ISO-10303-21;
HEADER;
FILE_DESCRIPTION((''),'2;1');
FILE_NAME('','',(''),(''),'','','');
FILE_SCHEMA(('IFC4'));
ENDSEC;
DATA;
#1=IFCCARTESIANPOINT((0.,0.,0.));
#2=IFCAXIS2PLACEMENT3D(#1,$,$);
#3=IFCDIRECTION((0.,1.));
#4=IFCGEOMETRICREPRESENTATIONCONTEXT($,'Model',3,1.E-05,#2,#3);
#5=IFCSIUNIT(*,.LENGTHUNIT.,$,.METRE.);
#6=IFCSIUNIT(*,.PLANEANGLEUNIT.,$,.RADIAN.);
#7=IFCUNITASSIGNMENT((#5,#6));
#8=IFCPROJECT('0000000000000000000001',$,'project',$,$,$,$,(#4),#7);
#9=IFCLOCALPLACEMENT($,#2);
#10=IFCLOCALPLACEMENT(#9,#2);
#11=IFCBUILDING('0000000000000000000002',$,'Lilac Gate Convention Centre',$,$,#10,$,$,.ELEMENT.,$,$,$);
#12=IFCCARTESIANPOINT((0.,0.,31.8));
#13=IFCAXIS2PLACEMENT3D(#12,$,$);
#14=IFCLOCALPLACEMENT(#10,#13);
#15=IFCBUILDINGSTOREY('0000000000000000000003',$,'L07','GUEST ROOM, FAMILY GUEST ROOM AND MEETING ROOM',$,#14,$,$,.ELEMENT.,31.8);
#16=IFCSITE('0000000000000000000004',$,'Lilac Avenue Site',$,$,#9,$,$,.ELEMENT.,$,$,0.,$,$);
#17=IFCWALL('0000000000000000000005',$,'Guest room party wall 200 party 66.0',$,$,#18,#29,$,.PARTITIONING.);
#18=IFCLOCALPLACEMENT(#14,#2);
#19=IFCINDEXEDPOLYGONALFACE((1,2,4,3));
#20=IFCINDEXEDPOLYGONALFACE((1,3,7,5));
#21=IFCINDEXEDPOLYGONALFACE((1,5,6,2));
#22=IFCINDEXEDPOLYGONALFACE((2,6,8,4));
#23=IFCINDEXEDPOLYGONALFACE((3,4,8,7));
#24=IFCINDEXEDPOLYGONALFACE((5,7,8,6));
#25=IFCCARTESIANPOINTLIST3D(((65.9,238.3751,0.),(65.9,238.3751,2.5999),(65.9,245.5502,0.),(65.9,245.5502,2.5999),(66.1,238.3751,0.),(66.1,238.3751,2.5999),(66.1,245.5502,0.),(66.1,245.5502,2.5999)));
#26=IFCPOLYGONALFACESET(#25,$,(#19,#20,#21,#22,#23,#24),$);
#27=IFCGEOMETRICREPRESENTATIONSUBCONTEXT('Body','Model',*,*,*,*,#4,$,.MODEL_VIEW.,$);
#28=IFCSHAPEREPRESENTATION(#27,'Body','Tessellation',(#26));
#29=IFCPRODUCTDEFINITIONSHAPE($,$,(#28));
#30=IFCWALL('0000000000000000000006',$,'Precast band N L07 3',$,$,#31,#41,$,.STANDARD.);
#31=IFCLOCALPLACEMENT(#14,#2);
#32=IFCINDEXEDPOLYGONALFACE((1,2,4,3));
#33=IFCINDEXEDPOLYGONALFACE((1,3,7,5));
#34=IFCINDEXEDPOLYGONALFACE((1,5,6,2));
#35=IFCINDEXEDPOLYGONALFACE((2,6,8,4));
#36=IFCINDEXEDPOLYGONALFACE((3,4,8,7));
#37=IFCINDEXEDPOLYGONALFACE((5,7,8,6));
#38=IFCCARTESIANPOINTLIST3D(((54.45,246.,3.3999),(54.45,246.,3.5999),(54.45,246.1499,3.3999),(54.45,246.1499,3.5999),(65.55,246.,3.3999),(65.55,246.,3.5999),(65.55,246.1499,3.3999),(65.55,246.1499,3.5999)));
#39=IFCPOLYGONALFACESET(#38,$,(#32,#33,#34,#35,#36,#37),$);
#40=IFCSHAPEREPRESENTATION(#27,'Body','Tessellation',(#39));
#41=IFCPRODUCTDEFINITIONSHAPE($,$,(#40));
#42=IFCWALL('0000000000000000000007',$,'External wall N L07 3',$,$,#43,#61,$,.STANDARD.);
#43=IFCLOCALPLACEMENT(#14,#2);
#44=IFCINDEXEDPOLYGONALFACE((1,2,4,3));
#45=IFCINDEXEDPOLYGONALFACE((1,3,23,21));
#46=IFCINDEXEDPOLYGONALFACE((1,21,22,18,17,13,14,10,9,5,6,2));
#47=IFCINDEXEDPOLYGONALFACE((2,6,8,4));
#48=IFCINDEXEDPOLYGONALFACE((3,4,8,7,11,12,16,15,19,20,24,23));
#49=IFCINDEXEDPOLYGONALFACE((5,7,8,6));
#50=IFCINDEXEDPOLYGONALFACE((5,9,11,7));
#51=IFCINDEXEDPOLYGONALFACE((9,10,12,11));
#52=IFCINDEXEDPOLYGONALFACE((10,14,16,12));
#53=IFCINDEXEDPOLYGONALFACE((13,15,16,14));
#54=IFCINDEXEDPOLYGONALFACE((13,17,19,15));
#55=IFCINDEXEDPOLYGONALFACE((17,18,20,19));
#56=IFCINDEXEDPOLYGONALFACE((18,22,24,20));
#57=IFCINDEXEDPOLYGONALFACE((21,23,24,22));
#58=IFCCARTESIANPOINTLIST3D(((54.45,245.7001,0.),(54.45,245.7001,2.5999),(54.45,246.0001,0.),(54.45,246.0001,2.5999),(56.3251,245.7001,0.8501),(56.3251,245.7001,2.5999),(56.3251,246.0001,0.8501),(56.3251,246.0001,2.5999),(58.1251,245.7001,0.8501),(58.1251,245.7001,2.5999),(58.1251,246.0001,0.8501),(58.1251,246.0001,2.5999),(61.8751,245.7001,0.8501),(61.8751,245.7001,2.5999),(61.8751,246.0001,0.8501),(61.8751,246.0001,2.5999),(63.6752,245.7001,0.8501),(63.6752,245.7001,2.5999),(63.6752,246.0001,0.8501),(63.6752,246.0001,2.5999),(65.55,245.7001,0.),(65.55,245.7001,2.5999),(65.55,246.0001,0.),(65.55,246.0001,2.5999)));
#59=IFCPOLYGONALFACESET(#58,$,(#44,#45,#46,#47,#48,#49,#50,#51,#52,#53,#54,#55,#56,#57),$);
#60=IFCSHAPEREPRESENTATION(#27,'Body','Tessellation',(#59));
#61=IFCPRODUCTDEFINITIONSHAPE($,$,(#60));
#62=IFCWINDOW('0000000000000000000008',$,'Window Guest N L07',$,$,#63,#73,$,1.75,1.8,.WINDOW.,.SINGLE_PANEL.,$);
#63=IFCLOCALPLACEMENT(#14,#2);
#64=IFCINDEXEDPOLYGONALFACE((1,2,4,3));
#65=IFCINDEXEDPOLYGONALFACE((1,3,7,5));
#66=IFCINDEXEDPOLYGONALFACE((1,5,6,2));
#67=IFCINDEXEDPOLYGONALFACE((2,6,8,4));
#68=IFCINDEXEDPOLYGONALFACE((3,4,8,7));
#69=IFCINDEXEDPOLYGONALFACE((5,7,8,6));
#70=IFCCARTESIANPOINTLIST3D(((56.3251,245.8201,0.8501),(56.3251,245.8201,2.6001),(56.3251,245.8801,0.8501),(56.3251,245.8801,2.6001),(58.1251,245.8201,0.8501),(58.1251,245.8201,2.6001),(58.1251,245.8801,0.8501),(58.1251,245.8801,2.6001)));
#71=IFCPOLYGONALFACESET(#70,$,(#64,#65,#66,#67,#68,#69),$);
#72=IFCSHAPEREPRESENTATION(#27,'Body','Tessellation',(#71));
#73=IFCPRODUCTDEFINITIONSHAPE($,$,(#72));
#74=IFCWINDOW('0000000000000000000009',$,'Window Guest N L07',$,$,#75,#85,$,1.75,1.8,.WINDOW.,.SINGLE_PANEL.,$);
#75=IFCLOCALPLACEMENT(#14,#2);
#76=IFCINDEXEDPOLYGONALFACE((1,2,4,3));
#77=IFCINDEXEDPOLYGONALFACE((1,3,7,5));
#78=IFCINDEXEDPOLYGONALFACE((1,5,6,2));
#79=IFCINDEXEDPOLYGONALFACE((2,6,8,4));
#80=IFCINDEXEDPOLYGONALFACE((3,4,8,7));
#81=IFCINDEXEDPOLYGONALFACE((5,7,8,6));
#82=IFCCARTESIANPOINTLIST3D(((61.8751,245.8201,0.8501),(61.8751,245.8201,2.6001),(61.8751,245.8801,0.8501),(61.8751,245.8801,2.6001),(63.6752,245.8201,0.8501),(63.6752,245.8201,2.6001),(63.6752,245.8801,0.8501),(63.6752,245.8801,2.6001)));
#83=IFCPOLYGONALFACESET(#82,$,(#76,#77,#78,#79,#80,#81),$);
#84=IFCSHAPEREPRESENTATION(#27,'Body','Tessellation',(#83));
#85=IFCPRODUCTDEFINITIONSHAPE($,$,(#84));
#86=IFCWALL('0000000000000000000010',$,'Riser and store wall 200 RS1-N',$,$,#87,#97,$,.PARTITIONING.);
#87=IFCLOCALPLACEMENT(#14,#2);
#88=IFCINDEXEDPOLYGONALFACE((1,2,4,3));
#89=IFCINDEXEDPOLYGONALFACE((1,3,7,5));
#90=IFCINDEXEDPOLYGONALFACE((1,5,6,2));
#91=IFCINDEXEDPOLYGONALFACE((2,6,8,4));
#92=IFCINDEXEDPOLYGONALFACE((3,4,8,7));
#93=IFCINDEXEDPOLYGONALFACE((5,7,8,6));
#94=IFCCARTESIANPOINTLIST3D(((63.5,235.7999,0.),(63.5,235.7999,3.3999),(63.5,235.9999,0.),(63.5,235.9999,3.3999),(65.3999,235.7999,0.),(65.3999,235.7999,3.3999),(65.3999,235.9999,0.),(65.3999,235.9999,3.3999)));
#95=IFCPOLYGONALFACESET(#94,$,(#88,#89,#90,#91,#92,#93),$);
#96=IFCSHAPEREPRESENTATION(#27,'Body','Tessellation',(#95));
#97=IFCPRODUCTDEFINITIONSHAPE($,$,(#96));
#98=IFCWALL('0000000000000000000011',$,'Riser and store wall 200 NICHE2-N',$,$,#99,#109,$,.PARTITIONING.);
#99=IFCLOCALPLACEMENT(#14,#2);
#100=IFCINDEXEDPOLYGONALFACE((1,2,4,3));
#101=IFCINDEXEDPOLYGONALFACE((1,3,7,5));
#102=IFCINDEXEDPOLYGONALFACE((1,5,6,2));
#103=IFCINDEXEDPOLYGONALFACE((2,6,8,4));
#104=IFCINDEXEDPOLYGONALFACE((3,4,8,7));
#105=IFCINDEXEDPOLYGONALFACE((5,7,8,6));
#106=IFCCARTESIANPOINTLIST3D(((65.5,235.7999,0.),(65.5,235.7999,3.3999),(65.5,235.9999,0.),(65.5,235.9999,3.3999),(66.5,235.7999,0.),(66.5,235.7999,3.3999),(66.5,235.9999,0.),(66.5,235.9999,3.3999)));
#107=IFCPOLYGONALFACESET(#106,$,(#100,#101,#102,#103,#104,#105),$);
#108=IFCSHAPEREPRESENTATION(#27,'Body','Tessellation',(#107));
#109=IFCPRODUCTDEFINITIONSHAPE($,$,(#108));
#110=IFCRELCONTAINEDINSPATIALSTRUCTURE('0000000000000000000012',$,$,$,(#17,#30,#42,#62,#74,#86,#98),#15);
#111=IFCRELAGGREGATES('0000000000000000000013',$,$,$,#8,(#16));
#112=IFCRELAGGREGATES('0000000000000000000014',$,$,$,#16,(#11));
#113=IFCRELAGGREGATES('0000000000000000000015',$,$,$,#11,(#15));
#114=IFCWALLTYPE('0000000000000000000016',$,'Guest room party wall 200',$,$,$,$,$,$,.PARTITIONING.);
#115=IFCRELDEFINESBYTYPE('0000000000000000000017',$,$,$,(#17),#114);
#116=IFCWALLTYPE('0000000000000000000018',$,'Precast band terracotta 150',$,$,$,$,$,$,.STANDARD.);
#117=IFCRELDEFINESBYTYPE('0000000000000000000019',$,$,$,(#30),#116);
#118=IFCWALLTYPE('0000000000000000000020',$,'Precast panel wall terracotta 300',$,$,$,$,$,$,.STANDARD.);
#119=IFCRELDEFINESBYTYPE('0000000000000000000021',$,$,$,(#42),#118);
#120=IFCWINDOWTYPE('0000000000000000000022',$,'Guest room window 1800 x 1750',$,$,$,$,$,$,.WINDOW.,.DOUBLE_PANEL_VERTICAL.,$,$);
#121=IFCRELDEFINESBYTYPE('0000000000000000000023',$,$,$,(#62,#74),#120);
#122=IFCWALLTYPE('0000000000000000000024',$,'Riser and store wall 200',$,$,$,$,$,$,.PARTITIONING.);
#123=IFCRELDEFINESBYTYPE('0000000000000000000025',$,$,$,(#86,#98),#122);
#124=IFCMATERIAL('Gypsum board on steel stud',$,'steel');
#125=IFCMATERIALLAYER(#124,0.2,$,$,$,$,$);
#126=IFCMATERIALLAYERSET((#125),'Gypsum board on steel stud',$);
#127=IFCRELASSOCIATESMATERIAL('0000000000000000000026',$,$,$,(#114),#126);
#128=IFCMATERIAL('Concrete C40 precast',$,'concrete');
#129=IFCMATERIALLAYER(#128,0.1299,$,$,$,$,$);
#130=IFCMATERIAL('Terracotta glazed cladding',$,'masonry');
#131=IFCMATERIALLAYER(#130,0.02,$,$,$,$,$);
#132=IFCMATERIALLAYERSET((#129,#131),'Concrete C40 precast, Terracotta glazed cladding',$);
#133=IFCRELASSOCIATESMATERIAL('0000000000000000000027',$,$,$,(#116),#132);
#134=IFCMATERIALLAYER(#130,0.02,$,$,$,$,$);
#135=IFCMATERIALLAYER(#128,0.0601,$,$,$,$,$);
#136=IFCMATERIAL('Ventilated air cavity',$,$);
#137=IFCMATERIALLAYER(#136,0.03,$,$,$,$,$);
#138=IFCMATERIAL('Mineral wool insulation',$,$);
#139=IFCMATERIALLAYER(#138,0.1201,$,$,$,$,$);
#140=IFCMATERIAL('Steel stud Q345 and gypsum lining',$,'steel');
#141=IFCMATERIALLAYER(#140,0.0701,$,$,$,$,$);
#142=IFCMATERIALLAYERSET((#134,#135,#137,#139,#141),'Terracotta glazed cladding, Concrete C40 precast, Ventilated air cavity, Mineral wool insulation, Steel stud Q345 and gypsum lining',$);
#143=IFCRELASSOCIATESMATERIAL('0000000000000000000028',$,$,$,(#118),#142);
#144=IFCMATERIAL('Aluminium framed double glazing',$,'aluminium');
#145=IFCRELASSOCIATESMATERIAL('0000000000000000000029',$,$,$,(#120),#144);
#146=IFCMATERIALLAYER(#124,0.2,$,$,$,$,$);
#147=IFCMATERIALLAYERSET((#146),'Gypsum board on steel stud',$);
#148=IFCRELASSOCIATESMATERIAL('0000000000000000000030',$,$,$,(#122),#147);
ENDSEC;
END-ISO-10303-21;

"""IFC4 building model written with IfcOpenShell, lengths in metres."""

from ifc_helpers import new_model, si_unit, direction, frame, frame_2d, origin, place, context, subcontext, project, spatial, rectangle, extrude, material, layer, layer_set, type_object, element, fill, save


model = new_model("IFC4")

# Units and contexts
model_context = context("Model", 3, precision=1e-05, world=origin(), true_north=direction((0.0, 1.0)))
body_context = subcontext(model_context, "Body", "Model", "MODEL_VIEW")
ifc_project = project(units=[si_unit("LENGTHUNIT", "METRE"), si_unit("PLANEANGLEUNIT", "RADIAN")], contexts=[model_context])

# Site, building, storey
site_placement = place(None, origin())
site = spatial("IfcSite", under=ifc_project, at=site_placement, Name="Lilac Avenue Site", CompositionType="ELEMENT", RefElevation=0.0)
building_placement = place(site_placement, origin())
building = spatial("IfcBuilding", under=site, at=building_placement, Name="Lilac Gate Convention Centre", CompositionType="ELEMENT")
storey_placement = place(building_placement, frame((0.0, 0.0, 31.8)))
storey = spatial("IfcBuildingStorey", under=building, at=storey_placement, Name="L07", Description="GUEST ROOM, FAMILY GUEST ROOM AND MEETING ROOM", CompositionType="ELEMENT", Elevation=31.8)

# Shared definitions
ifc_material_1 = material(Name="Gypsum board on steel stud", Category="steel")

# Walls
ifc_layer_1 = layer(ifc_material_1, 0.2)
ifc_layer_set_1 = layer_set([ifc_layer_1], Name="Gypsum board on steel stud")
wall_type_1 = type_object("IfcWallType", Name="Guest room party wall 200", PredefinedType="PARTITIONING", material=ifc_layer_set_1)
wall_1_placement = place(storey_placement, frame((66.0, 245.55, 0.0), z_axis=(0.0, 0.0, 1.0), x_axis=(0.0, -1.0, 0.0)))
element("IfcWall", 1, at=wall_1_placement, inside=storey, type_object=wall_type_1, Name="Guest room party wall 200 party 66.0", PredefinedType="PARTITIONING", context=body_context, shape_type="SweptSolid", body=[
    extrude(rectangle(XDim=7.175, YDim=0.2, at=frame_2d((3.5874, 0.0))), origin(), (0.0, 0.0, 1.0), 2.5999),
])
ifc_material_2 = material(Name="Concrete C40 precast", Category="concrete")
ifc_layer_2 = layer(ifc_material_2, 0.1299)
ifc_material_3 = material(Name="Terracotta glazed cladding", Category="masonry")
ifc_layer_3 = layer(ifc_material_3, 0.02)
ifc_layer_set_2 = layer_set([ifc_layer_2, ifc_layer_3], Name="Concrete C40 precast, Terracotta glazed cladding")
wall_type_2 = type_object("IfcWallType", Name="Precast band terracotta 150", PredefinedType="STANDARD", material=ifc_layer_set_2)
wall_2_placement = place(storey_placement, frame((65.55, 246.075, 3.3999), z_axis=(0.0, 0.0, 1.0), x_axis=(-1.0, 0.0, 0.0)))
element("IfcWall", 2, at=wall_2_placement, inside=storey, type_object=wall_type_2, Name="Precast band N L07 3", PredefinedType="STANDARD", context=body_context, shape_type="SweptSolid", body=[
    extrude(rectangle(XDim=11.1001, YDim=0.1499, at=frame_2d((5.55, 0.0))), origin(), (0.0, 0.0, 1.0), 0.2),
])

# Wall, openings, windows
ifc_layer_4 = layer(ifc_material_3, 0.02)
ifc_layer_5 = layer(ifc_material_2, 0.0601)
ifc_material_4 = material(Name="Ventilated air cavity")
ifc_layer_6 = layer(ifc_material_4, 0.03)
ifc_material_5 = material(Name="Mineral wool insulation")
ifc_layer_7 = layer(ifc_material_5, 0.1201)
ifc_material_6 = material(Name="Steel stud Q345 and gypsum lining", Category="steel")
ifc_layer_8 = layer(ifc_material_6, 0.0701)
ifc_layer_set_3 = layer_set([ifc_layer_4, ifc_layer_5, ifc_layer_6, ifc_layer_7, ifc_layer_8], Name="Terracotta glazed cladding, Concrete C40 precast, Ventilated air cavity, Mineral wool insulation, Steel stud Q345 and gypsum lining")
wall_type_3 = type_object("IfcWallType", Name="Precast panel wall terracotta 300", PredefinedType="STANDARD", material=ifc_layer_set_3)
wall_3_placement = place(storey_placement, frame((65.55, 245.8501, 0.0), z_axis=(0.0, 0.0, 1.0), x_axis=(-1.0, 0.0, 0.0)))
wall_3 = element("IfcWall", 3, at=wall_3_placement, inside=storey, type_object=wall_type_3, Name="External wall N L07 3", PredefinedType="STANDARD", context=body_context, shape_type="SweptSolid", body=[
    extrude(rectangle(XDim=11.1001, YDim=0.3, at=frame_2d((5.55, 0.0))), origin(), (0.0, 0.0, 1.0), 2.5999),
])
opening_1_placement = place(wall_3_placement, frame((7.425, 0.0, 0.8501)))
opening_1 = element("IfcOpeningElement", 4, at=opening_1_placement, cuts=wall_3, PredefinedType="OPENING", context=body_context, shape_type="SweptSolid", body=[
    extrude(rectangle(XDim=1.8, YDim=1.75, at=frame_2d((0.8999, 0.875))), frame((0.0, 0.1599, 0.0), z_axis=(0.0, -1.0, 0.0), x_axis=(1.0, 0.0, 0.0)), (0.0, 0.0, 1.0), 0.3201),
])
opening_2_placement = place(wall_3_placement, frame((1.875, 0.0, 0.8501)))
opening_2 = element("IfcOpeningElement", 5, at=opening_2_placement, cuts=wall_3, PredefinedType="OPENING", context=body_context, shape_type="SweptSolid", body=[
    extrude(rectangle(XDim=1.8, YDim=1.75, at=frame_2d((0.8999, 0.875))), frame((0.0, 0.1599, 0.0), z_axis=(0.0, -1.0, 0.0), x_axis=(1.0, 0.0, 0.0)), (0.0, 0.0, 1.0), 0.3201),
])
ifc_material_7 = material(Name="Aluminium framed double glazing", Category="aluminium")
window_type = type_object("IfcWindowType", Name="Guest room window 1800 x 1750", PartitioningType="DOUBLE_PANEL_VERTICAL", PredefinedType="WINDOW", material=ifc_material_7)
window_1_placement = place(opening_1_placement, origin())
window_1 = element("IfcWindow", 6, at=window_1_placement, inside=storey, type_object=window_type, Name="Window Guest N L07", OverallHeight=1.75, OverallWidth=1.8, PartitioningType="SINGLE_PANEL", PredefinedType="WINDOW", context=body_context, shape_type="SweptSolid", body=[
    extrude(rectangle(XDim=1.8, YDim=1.75, at=frame_2d((0.8999, 0.875))), frame((0.0, 0.03, 0.0), z_axis=(0.0, -1.0, 0.0), x_axis=(1.0, 0.0, 0.0)), (0.0, 0.0, 1.0), 0.0601),
])
fill(opening_1, window_1)
window_2_placement = place(opening_2_placement, origin())
window_2 = element("IfcWindow", 7, at=window_2_placement, inside=storey, type_object=window_type, Name="Window Guest N L07", OverallHeight=1.75, OverallWidth=1.8, PartitioningType="SINGLE_PANEL", PredefinedType="WINDOW", context=body_context, shape_type="SweptSolid", body=[
    extrude(rectangle(XDim=1.8, YDim=1.75, at=frame_2d((0.8999, 0.875))), frame((0.0, 0.03, 0.0), z_axis=(0.0, -1.0, 0.0), x_axis=(1.0, 0.0, 0.0)), (0.0, 0.0, 1.0), 0.0601),
])
fill(opening_2, window_2)

# Walls
ifc_layer_9 = layer(ifc_material_1, 0.2)
ifc_layer_set_4 = layer_set([ifc_layer_9], Name="Gypsum board on steel stud")
wall_type_4 = type_object("IfcWallType", Name="Riser and store wall 200", PredefinedType="PARTITIONING", material=ifc_layer_set_4)
wall_4_placement = place(storey_placement, frame((63.5, 235.8999, 0.0), z_axis=(0.0, 0.0, 1.0), x_axis=(1.0, 0.0, 0.0)))
element("IfcWall", 8, at=wall_4_placement, inside=storey, type_object=wall_type_4, Name="Riser and store wall 200 RS1-N", PredefinedType="PARTITIONING", context=body_context, shape_type="SweptSolid", body=[
    extrude(rectangle(XDim=1.8999, YDim=0.2, at=frame_2d((0.95, 0.0))), origin(), (0.0, 0.0, 1.0), 3.3999),
])
wall_5_placement = place(storey_placement, frame((65.5, 235.8999, 0.0), z_axis=(0.0, 0.0, 1.0), x_axis=(1.0, 0.0, 0.0)))
element("IfcWall", 9, at=wall_5_placement, inside=storey, type_object=wall_type_4, Name="Riser and store wall 200 NICHE2-N", PredefinedType="PARTITIONING", context=body_context, shape_type="SweptSolid", body=[
    extrude(rectangle(XDim=1.0, YDim=0.2, at=frame_2d((0.5, 0.0))), origin(), (0.0, 0.0, 1.0), 3.3999),
])

save(model, "model.ifc")
